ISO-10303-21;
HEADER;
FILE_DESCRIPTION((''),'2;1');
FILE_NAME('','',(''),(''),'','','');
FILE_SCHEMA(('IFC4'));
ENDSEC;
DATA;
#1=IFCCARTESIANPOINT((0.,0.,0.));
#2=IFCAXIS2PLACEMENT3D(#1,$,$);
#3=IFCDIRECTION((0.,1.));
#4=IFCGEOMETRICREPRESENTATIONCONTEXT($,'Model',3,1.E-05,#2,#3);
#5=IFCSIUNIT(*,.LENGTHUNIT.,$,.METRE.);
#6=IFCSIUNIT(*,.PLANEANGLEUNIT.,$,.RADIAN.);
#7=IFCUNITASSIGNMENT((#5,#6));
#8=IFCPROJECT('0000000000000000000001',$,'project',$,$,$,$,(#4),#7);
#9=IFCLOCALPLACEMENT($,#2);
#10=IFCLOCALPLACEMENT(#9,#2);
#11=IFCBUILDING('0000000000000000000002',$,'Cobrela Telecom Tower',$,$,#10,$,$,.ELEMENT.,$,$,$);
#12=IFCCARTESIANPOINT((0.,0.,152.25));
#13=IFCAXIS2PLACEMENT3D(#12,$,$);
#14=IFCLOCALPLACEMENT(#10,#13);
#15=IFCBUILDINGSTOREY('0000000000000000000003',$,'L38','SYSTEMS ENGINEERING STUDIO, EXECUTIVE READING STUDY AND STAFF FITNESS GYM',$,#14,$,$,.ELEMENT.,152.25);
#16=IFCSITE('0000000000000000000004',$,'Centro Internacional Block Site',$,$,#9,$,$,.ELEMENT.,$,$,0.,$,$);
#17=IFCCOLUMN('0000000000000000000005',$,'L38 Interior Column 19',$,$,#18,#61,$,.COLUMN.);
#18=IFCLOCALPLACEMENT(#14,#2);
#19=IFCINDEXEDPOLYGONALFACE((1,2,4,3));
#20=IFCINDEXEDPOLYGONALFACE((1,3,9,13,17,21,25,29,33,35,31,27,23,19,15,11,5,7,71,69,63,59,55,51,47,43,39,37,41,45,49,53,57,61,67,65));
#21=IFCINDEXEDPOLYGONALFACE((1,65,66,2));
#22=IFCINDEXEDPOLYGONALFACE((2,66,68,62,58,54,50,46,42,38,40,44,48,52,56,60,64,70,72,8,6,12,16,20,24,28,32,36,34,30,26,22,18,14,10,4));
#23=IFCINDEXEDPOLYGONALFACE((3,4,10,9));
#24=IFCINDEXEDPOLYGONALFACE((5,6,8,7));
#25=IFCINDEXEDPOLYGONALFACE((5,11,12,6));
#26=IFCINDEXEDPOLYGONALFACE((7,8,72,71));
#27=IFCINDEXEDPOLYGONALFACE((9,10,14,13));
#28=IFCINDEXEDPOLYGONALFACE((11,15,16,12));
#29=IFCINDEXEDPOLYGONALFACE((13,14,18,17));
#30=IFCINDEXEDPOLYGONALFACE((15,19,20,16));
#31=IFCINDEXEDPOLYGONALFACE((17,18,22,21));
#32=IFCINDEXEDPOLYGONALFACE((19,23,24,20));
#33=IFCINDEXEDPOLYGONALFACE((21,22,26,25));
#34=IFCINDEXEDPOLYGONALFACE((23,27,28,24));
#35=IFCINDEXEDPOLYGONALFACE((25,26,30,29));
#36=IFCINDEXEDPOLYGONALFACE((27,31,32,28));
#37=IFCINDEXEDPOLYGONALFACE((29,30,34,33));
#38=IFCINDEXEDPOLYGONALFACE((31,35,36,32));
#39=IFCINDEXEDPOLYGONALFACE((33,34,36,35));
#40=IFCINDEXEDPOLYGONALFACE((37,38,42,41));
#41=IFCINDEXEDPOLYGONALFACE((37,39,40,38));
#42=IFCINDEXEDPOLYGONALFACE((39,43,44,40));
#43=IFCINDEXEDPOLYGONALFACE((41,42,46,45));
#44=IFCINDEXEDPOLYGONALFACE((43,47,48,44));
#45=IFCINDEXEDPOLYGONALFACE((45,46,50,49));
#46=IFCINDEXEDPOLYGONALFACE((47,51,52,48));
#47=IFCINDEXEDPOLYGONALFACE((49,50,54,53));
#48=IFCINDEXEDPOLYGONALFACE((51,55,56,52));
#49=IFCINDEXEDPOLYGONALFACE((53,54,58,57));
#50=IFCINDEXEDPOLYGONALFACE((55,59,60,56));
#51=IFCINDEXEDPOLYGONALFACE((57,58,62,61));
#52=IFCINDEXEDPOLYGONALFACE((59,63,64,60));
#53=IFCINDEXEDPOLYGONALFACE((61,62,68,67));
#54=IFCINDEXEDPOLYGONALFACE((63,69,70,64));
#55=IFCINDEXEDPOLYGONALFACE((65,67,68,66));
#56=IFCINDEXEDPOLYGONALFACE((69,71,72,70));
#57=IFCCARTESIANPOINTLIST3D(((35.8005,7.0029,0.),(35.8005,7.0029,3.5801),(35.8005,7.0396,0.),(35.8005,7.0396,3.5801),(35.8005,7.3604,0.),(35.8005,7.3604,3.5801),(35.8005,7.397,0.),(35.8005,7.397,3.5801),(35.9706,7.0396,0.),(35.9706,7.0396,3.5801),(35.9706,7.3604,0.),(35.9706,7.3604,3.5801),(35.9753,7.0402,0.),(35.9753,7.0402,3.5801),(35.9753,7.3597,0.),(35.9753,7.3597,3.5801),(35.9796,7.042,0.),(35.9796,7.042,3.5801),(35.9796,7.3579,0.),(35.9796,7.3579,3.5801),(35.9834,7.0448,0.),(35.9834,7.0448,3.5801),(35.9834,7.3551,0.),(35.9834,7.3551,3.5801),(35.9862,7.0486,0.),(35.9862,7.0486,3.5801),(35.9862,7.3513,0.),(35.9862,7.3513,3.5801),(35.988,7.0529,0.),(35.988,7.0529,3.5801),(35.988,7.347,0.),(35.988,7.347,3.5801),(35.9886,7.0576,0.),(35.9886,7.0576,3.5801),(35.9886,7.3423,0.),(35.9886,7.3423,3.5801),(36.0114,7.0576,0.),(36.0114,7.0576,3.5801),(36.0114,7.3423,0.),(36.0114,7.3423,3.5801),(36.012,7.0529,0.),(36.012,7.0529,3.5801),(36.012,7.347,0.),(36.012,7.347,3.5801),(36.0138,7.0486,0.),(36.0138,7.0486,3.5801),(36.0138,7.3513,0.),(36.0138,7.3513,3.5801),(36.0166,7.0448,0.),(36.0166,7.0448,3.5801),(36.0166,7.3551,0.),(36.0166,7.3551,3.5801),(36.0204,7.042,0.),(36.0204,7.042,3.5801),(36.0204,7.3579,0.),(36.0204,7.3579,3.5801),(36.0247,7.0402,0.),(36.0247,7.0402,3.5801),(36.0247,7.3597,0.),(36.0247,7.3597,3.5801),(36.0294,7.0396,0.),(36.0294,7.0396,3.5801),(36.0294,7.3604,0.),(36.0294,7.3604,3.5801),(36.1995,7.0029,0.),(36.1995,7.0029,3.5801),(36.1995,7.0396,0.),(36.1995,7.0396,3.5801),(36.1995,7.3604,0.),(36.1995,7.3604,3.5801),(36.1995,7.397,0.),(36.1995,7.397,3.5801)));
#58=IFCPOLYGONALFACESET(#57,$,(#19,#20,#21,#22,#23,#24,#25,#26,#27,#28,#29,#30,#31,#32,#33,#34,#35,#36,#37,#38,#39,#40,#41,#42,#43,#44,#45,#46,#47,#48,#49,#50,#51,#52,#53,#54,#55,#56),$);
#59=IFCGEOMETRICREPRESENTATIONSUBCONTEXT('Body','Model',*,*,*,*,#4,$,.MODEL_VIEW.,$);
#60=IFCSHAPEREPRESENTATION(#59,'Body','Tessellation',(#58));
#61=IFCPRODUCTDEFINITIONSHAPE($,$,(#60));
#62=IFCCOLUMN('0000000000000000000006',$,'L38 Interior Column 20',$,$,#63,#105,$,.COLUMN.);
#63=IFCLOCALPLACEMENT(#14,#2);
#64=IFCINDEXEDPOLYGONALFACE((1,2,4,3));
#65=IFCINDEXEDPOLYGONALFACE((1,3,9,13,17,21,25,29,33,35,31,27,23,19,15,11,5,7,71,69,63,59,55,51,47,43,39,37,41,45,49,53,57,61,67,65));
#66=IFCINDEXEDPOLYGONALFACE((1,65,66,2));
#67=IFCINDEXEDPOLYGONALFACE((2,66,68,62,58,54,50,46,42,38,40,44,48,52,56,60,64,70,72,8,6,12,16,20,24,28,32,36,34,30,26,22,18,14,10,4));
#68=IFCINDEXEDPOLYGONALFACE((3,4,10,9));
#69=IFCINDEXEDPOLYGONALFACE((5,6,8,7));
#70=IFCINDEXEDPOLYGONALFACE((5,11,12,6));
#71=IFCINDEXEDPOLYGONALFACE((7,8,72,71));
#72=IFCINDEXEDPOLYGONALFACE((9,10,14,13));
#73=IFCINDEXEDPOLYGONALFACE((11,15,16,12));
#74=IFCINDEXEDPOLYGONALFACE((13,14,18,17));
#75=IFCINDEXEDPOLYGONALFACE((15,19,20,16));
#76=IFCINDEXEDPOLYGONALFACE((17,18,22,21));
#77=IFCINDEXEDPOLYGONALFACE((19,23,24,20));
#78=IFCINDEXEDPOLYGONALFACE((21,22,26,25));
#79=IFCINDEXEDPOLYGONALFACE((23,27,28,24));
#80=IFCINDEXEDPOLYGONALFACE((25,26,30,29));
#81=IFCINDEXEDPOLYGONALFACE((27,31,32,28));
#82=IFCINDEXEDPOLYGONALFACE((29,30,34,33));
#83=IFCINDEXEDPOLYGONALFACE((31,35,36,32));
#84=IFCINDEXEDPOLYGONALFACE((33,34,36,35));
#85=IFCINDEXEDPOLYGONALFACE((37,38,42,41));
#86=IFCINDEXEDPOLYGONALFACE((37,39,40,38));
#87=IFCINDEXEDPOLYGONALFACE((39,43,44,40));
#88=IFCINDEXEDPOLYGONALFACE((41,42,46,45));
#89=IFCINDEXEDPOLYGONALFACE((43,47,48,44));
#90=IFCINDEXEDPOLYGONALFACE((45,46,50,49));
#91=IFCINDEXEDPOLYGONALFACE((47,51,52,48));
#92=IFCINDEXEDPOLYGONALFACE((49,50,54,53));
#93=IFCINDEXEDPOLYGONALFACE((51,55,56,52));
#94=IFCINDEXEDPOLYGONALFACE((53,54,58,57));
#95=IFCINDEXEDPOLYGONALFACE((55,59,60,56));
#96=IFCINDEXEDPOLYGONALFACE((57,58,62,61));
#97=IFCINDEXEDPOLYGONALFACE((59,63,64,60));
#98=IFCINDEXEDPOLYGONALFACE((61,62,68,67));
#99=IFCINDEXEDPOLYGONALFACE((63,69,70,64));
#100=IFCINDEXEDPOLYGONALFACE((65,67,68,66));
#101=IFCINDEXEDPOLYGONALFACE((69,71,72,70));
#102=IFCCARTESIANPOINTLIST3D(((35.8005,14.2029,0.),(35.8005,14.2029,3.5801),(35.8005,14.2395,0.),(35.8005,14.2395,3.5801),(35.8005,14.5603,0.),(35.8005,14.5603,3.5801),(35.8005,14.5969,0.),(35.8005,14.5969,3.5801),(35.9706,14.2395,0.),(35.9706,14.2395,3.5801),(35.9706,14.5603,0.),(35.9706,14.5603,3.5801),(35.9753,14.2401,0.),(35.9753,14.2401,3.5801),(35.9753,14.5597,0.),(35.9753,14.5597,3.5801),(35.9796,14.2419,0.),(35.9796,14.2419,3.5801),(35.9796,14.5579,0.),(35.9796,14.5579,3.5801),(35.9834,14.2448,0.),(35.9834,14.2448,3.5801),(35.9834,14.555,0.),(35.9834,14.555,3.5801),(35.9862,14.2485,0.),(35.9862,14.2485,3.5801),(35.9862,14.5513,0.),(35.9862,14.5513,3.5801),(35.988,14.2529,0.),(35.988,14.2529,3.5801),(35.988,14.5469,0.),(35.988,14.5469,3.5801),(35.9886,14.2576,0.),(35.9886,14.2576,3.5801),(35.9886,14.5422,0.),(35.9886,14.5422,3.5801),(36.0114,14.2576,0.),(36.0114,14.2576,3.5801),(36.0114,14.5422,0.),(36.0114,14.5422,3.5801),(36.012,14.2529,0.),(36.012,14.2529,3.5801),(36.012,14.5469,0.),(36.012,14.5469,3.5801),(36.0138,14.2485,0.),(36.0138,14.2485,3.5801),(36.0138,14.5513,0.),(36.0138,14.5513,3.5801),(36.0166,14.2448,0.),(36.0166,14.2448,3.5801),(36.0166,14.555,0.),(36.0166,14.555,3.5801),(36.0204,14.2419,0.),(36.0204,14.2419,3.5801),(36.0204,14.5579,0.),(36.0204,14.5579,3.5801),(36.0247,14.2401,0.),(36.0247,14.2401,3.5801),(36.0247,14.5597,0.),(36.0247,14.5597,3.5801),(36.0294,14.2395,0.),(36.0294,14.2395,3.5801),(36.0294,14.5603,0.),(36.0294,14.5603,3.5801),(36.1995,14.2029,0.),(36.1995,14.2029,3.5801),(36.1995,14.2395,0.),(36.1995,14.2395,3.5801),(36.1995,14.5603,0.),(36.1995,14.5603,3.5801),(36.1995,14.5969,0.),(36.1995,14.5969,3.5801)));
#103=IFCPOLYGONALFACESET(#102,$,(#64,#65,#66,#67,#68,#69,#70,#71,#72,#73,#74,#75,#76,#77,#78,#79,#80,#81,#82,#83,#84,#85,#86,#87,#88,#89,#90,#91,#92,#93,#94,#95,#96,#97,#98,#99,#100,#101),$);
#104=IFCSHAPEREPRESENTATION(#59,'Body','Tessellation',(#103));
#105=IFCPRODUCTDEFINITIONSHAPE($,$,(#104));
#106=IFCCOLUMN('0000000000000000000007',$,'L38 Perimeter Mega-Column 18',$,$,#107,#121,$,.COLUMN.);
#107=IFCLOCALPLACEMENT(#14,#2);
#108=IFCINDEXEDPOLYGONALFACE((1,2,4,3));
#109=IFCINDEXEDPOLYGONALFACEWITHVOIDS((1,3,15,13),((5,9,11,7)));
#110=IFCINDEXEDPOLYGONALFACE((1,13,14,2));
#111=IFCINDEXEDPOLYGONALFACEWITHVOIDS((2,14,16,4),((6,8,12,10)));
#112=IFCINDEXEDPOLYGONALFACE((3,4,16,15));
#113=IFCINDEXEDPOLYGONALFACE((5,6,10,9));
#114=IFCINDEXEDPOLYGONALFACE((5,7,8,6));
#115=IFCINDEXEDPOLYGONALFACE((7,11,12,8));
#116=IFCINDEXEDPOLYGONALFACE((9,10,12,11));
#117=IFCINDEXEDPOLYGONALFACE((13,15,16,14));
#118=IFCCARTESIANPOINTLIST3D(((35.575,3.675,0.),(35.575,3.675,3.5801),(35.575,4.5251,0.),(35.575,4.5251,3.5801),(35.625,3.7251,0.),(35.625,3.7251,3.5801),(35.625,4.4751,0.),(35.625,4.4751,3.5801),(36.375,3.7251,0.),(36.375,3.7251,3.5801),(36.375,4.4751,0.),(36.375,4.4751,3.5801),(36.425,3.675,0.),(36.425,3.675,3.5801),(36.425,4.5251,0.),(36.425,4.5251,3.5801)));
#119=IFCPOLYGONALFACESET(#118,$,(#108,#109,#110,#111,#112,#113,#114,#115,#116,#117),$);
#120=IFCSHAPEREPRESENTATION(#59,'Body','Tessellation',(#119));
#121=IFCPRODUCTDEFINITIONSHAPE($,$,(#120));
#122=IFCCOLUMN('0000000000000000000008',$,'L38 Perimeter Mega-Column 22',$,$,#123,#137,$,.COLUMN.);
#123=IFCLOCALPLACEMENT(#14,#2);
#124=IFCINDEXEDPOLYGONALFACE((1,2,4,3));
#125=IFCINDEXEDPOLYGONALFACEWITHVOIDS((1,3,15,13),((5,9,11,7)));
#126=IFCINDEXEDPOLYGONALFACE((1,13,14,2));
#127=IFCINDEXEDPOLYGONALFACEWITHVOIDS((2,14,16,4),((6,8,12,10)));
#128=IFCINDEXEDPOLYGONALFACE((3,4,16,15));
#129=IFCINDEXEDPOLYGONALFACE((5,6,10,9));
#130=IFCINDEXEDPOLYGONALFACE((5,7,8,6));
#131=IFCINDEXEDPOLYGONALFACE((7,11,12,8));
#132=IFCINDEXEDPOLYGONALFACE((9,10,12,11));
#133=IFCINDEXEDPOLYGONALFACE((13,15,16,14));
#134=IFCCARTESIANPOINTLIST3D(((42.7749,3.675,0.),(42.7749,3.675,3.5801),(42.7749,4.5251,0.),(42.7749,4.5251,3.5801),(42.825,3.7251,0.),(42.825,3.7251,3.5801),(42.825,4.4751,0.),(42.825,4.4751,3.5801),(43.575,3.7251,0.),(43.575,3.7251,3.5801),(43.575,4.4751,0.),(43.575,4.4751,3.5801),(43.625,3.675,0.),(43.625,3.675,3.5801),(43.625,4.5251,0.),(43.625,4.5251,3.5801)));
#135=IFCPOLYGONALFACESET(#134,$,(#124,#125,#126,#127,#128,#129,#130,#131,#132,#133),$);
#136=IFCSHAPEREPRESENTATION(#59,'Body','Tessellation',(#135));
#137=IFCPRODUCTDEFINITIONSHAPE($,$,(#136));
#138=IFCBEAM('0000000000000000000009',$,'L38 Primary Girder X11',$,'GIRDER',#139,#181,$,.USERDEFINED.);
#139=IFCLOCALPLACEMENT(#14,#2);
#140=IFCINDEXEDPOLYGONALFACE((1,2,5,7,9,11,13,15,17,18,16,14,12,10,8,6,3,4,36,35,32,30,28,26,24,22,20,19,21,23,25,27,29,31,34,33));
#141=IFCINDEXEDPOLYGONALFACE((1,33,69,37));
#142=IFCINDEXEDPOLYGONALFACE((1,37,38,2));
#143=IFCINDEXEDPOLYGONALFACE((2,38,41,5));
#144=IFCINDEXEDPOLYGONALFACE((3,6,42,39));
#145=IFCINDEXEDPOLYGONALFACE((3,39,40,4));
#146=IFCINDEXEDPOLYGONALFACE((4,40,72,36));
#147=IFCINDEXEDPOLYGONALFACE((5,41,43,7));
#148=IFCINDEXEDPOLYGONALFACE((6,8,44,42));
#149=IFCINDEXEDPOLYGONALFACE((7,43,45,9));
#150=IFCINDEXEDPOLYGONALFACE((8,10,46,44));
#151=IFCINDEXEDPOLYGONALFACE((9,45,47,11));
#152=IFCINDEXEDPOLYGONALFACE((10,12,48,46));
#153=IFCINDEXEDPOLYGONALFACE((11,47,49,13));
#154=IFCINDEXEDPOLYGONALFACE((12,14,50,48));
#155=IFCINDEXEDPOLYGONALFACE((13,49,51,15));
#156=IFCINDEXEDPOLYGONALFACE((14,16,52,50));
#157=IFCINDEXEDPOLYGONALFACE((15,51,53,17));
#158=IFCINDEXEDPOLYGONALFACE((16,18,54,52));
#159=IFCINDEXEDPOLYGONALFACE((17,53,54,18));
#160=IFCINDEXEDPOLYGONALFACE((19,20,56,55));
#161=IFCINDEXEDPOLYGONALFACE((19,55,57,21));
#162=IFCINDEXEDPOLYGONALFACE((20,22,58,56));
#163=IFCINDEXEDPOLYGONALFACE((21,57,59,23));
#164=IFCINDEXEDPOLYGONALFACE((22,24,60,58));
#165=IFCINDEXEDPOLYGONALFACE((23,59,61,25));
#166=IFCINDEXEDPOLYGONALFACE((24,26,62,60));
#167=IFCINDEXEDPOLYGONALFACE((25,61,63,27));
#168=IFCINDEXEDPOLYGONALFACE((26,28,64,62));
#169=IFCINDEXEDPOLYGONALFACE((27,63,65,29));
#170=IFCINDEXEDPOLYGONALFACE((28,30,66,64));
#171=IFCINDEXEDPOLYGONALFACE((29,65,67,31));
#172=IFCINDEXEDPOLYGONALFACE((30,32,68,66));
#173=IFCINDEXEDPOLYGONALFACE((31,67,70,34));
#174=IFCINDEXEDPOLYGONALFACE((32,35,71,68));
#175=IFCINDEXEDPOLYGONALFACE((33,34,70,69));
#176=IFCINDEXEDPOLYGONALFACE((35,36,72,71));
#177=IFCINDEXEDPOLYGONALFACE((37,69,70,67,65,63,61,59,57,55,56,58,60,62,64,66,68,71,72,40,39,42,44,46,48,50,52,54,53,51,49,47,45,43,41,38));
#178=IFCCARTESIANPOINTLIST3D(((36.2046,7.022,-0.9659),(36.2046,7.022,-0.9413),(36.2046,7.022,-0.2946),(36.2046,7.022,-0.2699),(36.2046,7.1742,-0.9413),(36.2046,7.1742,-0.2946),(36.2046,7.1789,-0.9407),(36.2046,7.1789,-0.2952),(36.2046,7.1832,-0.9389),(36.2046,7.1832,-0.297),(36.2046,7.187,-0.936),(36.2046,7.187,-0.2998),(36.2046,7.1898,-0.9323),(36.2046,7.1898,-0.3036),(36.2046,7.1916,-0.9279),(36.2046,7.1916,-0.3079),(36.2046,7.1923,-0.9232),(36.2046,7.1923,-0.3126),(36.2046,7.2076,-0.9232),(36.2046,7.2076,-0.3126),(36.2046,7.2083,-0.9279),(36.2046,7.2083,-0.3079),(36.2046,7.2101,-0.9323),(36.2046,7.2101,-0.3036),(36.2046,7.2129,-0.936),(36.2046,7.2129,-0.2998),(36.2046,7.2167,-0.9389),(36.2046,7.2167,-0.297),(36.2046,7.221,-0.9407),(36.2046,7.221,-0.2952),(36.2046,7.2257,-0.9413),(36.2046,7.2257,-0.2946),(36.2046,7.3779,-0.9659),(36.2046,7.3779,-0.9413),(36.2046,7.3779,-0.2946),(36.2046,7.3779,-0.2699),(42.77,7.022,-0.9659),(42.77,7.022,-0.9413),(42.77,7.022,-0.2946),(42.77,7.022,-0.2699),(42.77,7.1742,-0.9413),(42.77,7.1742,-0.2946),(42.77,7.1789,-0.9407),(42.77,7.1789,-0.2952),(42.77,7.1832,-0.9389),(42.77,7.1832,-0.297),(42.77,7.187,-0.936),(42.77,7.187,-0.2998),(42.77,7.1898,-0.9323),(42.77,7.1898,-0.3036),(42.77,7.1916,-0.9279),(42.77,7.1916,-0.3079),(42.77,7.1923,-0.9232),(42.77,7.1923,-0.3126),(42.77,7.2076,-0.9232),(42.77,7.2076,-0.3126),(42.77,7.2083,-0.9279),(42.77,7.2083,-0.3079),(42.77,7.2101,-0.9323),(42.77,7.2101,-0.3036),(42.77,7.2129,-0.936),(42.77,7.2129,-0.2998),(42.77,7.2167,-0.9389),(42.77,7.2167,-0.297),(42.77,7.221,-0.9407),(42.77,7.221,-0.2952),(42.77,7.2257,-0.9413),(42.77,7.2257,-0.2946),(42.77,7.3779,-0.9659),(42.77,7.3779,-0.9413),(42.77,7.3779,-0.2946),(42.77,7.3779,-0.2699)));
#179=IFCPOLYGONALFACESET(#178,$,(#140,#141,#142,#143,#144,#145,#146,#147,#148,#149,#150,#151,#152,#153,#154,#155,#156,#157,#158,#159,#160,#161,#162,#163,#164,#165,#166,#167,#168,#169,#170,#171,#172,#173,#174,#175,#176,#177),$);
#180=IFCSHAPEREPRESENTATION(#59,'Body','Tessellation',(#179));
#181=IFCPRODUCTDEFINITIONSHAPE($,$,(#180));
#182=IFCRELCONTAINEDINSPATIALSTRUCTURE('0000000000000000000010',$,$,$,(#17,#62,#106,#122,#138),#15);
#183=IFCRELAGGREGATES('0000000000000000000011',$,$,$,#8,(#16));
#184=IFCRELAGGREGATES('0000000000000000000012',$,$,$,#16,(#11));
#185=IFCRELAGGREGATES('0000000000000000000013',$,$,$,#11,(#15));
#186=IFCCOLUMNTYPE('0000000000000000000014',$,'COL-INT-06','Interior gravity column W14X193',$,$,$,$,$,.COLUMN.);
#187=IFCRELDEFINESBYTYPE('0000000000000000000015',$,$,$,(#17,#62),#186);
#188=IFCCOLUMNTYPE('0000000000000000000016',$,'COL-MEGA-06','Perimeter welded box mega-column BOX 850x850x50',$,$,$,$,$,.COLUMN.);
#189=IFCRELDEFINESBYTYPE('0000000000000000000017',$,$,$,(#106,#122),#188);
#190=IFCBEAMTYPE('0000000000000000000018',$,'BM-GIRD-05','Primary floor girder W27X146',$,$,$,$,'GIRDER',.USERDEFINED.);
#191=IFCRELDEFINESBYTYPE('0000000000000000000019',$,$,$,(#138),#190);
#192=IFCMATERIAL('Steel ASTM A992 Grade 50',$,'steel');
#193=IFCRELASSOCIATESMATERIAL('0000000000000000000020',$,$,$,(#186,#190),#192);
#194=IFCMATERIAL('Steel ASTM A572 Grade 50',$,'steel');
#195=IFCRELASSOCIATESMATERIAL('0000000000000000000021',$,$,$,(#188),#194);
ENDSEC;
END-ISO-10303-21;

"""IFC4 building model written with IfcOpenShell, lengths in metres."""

from ifc_helpers import new_model, si_unit, direction, frame, origin, origin_2d, place, context, subcontext, project, spatial, hollow_rectangle, i_section, extrude, material, material_profile, profile_set, type_object, element, save


model = new_model("IFC4")

# Units and contexts
model_context = context("Model", 3, precision=1e-05, world=origin(), true_north=direction((0.0, 1.0)))
body_context = subcontext(model_context, "Body", "Model", "MODEL_VIEW")
ifc_project = project(units=[si_unit("LENGTHUNIT", "METRE"), si_unit("PLANEANGLEUNIT", "RADIAN")], contexts=[model_context])

# Site, building, storey
site_placement = place(None, origin())
site = spatial("IfcSite", under=ifc_project, at=site_placement, Name="Centro Internacional Block Site", CompositionType="ELEMENT", RefElevation=0.0)
building_placement = place(site_placement, origin())
building = spatial("IfcBuilding", under=site, at=building_placement, Name="Cobrela Telecom Tower", CompositionType="ELEMENT")
storey_placement = place(building_placement, frame((0.0, 0.0, 152.25)))
storey = spatial("IfcBuildingStorey", under=building, at=storey_placement, Name="L38", Description="SYSTEMS ENGINEERING STUDIO, EXECUTIVE READING STUDY AND STAFF FITNESS GYM", CompositionType="ELEMENT", Elevation=152.25)

# Columns
ifc_material_1 = material(Name="Steel ASTM A992 Grade 50", Category="steel")
ifc_material_profile_1 = material_profile(ifc_material_1, i_section(OverallWidth=0.3989, OverallDepth=0.394, WebThickness=0.0227, FlangeThickness=0.0366, FilletRadius=0.0181, at=origin_2d()), Name="W14X193")
ifc_profile_set_1 = profile_set([ifc_material_profile_1], Name="Steel ASTM A992 Grade 50")
column_type_1 = type_object("IfcColumnType", Name="COL-INT-06", Description="Interior gravity column W14X193", PredefinedType="COLUMN", material=ifc_profile_set_1)
for number, where, z_axis, x_axis, name in (
    (1, (36.0, 7.2, 0.0), (0.0, 0.0, 1.0), (1.0, 0.0, 0.0), "L38 Interior Column 19"),
    (2, (36.0, 14.3999, 0.0), (0.0, 0.0, 1.0), (1.0, 0.0, 0.0), "L38 Interior Column 20"),
):
    element("IfcColumn", number, at=place(storey_placement, frame(where, z_axis=z_axis, x_axis=x_axis)), inside=storey, type_object=column_type_1, Name=name, PredefinedType="COLUMN", context=body_context, shape_type="SweptSolid", body=[
        extrude(i_section(OverallWidth=0.3989, OverallDepth=0.394, WebThickness=0.0227, FlangeThickness=0.0366, FilletRadius=0.0181, at=origin_2d()), origin(), (0.0, 0.0, 1.0), 3.5801),
    ])
ifc_material_2 = material(Name="Steel ASTM A572 Grade 50", Category="steel")
ifc_material_profile_2 = material_profile(ifc_material_2, hollow_rectangle(XDim=0.8501, YDim=0.8501, WallThickness=0.05, at=origin_2d()), Name="BOX 850x850x50")
ifc_profile_set_2 = profile_set([ifc_material_profile_2], Name="Steel ASTM A572 Grade 50")
column_type_2 = type_object("IfcColumnType", Name="COL-MEGA-06", Description="Perimeter welded box mega-column BOX 850x850x50", PredefinedType="COLUMN", material=ifc_profile_set_2)
for number, where, z_axis, x_axis, name in (
    (3, (36.0, 4.1001, 0.0), (0.0, 0.0, 1.0), (1.0, 0.0, 0.0), "L38 Perimeter Mega-Column 18"),
    (4, (43.2, 4.1001, 0.0), (0.0, 0.0, 1.0), (1.0, 0.0, 0.0), "L38 Perimeter Mega-Column 22"),
):
    element("IfcColumn", number, at=place(storey_placement, frame(where, z_axis=z_axis, x_axis=x_axis)), inside=storey, type_object=column_type_2, Name=name, PredefinedType="COLUMN", context=body_context, shape_type="SweptSolid", body=[
        extrude(hollow_rectangle(XDim=0.8501, YDim=0.8501, WallThickness=0.05, at=origin_2d()), origin(), (0.0, 0.0, 1.0), 3.5801),
    ])

# Beam
ifc_material_profile_3 = material_profile(ifc_material_1, i_section(OverallWidth=0.356, OverallDepth=0.696, WebThickness=0.0154, FlangeThickness=0.0247, FilletRadius=0.0181, at=origin_2d()), Name="W27X146")
ifc_profile_set_3 = profile_set([ifc_material_profile_3], Name="Steel ASTM A992 Grade 50")
beam_type_1 = type_object("IfcBeamType", Name="BM-GIRD-05", Description="Primary floor girder W27X146", ElementType="GIRDER", PredefinedType="USERDEFINED", material=ifc_profile_set_3)
beam_1_placement = place(storey_placement, frame((36.2046, 7.2, -0.6179), z_axis=(1.0, 0.0, 0.0), x_axis=(0.0, 1.0, 0.0)))
element("IfcBeam", 5, at=beam_1_placement, inside=storey, type_object=beam_type_1, Name="L38 Primary Girder X11", ObjectType="GIRDER", PredefinedType="USERDEFINED", context=body_context, shape_type="SweptSolid", body=[
    extrude(i_section(OverallWidth=0.356, OverallDepth=0.696, WebThickness=0.0154, FlangeThickness=0.0247, FilletRadius=0.0181, at=origin_2d()), origin(), (0.0, 0.0, 1.0), 6.5654),
])

save(model, "model.ifc")
